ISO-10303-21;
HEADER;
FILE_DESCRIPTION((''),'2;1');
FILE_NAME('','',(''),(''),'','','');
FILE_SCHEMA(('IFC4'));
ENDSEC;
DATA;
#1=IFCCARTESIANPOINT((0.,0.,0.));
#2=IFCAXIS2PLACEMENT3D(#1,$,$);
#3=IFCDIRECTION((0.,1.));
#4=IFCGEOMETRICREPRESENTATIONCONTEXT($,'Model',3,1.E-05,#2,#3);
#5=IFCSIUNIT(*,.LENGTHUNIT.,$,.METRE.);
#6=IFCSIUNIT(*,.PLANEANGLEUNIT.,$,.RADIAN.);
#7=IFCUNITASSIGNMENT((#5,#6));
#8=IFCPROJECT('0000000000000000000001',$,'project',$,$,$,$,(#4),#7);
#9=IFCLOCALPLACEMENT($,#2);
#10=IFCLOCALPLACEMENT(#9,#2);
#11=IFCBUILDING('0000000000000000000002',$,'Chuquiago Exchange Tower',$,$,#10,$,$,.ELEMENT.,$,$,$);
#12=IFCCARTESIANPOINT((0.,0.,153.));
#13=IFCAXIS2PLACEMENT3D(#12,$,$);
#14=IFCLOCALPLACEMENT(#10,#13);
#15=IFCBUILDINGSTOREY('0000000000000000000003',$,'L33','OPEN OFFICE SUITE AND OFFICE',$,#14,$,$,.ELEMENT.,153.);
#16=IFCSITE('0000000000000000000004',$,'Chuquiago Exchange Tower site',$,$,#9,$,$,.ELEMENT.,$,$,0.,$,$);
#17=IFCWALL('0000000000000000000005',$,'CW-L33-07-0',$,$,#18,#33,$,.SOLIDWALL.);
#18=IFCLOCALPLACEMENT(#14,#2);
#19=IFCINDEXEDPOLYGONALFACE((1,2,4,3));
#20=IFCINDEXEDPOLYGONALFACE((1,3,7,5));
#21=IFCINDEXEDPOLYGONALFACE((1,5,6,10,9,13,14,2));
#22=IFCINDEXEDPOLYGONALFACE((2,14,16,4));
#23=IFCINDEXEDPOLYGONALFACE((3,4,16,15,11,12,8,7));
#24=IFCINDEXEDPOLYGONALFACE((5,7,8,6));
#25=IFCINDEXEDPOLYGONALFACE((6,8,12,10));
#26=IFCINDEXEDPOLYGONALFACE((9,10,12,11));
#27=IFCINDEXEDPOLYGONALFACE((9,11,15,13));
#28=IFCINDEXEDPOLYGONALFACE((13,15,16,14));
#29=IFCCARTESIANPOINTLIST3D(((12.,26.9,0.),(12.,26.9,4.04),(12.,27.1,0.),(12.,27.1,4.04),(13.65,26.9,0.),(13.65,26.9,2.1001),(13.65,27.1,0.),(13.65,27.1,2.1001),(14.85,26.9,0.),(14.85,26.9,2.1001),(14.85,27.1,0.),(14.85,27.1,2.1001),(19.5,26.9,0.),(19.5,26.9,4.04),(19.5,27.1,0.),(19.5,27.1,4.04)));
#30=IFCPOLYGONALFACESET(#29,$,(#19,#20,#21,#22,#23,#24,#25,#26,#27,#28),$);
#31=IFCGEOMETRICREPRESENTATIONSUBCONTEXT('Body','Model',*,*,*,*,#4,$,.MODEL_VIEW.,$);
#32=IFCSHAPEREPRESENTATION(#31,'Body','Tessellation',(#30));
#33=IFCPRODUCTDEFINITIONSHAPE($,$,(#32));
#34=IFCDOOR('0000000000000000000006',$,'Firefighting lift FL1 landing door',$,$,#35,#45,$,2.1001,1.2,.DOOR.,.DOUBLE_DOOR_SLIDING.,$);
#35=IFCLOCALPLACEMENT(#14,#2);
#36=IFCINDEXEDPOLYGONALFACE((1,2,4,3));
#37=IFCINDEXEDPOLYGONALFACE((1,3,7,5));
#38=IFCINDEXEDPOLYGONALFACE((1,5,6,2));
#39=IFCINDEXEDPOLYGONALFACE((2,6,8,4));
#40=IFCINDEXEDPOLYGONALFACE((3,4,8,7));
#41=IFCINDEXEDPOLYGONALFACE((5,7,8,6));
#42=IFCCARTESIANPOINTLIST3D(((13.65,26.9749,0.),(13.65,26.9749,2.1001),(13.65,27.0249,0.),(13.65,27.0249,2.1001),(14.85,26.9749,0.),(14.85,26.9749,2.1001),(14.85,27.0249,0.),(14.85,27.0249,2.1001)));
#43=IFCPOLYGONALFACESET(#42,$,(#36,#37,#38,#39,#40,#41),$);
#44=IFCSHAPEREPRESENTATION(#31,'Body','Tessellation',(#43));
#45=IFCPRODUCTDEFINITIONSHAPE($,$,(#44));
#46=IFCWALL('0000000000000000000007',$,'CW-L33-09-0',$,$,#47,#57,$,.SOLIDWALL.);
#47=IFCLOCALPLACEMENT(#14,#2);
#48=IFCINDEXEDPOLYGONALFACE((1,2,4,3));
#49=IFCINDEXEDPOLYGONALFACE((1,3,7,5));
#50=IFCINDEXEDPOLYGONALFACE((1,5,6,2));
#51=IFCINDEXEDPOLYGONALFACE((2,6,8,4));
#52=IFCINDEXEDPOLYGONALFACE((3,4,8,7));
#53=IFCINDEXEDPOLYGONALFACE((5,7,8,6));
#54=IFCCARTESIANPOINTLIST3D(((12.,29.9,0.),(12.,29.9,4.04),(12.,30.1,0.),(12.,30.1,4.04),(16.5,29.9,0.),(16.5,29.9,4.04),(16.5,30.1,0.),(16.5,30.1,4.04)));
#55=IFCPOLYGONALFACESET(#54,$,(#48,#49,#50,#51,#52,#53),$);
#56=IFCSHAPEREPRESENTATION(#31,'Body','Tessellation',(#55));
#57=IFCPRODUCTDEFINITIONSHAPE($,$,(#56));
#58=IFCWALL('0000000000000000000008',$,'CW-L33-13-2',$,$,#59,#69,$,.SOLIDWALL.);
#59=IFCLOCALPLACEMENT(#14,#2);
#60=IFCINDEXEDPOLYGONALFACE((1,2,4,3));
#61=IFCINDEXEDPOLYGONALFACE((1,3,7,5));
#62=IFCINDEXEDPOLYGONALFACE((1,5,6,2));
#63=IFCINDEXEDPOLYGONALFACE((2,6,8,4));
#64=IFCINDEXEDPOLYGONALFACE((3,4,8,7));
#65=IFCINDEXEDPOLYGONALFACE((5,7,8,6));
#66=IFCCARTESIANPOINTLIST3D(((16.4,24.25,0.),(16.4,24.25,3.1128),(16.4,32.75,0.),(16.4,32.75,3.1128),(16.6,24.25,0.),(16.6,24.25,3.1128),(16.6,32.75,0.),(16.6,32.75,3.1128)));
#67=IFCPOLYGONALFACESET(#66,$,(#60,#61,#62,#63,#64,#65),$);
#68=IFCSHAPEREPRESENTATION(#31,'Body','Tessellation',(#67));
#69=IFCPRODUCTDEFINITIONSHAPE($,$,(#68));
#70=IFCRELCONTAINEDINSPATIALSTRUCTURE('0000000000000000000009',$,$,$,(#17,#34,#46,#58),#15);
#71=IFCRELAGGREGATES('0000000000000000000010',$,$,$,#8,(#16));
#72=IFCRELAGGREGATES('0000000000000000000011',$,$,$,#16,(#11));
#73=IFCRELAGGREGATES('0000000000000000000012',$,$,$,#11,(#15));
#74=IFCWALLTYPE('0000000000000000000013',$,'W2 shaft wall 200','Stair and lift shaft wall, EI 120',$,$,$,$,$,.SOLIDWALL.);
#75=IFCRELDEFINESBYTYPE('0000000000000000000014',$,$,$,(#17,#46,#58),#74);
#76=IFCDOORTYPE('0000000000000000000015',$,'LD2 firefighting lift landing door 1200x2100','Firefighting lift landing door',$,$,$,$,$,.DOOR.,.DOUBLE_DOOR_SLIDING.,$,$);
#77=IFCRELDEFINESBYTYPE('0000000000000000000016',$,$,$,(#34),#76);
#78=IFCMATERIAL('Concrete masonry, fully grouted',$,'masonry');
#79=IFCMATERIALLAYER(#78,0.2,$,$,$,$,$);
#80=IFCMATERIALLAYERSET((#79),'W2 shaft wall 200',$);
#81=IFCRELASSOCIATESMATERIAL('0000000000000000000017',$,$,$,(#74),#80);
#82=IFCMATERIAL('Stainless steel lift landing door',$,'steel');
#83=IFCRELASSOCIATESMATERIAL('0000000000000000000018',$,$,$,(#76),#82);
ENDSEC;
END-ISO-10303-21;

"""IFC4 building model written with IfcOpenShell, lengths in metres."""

from ifc_helpers import new_model, si_unit, direction, frame, frame_2d, origin, place, context, subcontext, project, spatial, rectangle, extrude, material, layer, layer_set, type_object, element, fill, save


model = new_model("IFC4")

# Units and contexts
model_context = context("Model", 3, precision=1e-05, world=origin(), true_north=direction((0.0, 1.0)))
body_context = subcontext(model_context, "Body", "Model", "MODEL_VIEW")
ifc_project = project(units=[si_unit("LENGTHUNIT", "METRE"), si_unit("PLANEANGLEUNIT", "RADIAN")], contexts=[model_context])

# Site, building, storey
site_placement = place(None, origin())
site = spatial("IfcSite", under=ifc_project, at=site_placement, Name="Chuquiago Exchange Tower site", CompositionType="ELEMENT", RefElevation=0.0)
building_placement = place(site_placement, origin())
building = spatial("IfcBuilding", under=site, at=building_placement, Name="Chuquiago Exchange Tower", CompositionType="ELEMENT")
storey_placement = place(building_placement, frame((0.0, 0.0, 153.0)))
storey = spatial("IfcBuildingStorey", under=building, at=storey_placement, Name="L33", Description="OPEN OFFICE SUITE AND OFFICE", CompositionType="ELEMENT", Elevation=153.0)

# Shared definitions
ifc_material_1 = material(Name="Concrete masonry, fully grouted", Category="masonry")
ifc_layer_1 = layer(ifc_material_1, 0.2)
ifc_layer_set_1 = layer_set([ifc_layer_1], Name="W2 shaft wall 200")
wall_type_1 = type_object("IfcWallType", Name="W2 shaft wall 200", Description="Stair and lift shaft wall, EI 120", PredefinedType="SOLIDWALL", material=ifc_layer_set_1)

# Wall, opening, door
wall_1_placement = place(storey_placement, frame((12.0, 27.0, 0.0), z_axis=(0.0, 0.0, 1.0), x_axis=(1.0, 0.0, 0.0)))
wall_1 = element("IfcWall", 1, at=wall_1_placement, inside=storey, type_object=wall_type_1, Name="CW-L33-07-0", PredefinedType="SOLIDWALL", context=body_context, shape_type="SweptSolid", body=[
    extrude(rectangle(XDim=7.5, YDim=0.2, at=frame_2d((3.75, 0.0))), origin(), (0.0, 0.0, 1.0), 4.04),
])
opening_1_placement = place(wall_1_placement, frame((1.6499, 0.0, 0.0)))
opening_1 = element("IfcOpeningElement", 2, at=opening_1_placement, cuts=wall_1, PredefinedType="OPENING", context=body_context, shape_type="SweptSolid", body=[
    extrude(rectangle(XDim=1.2, YDim=2.1001, at=frame_2d((0.6001, 1.05))), frame((0.0, 0.1099, 0.0), z_axis=(0.0, -1.0, 0.0), x_axis=(1.0, 0.0, 0.0)), (0.0, 0.0, 1.0), 0.22),
])
ifc_material_2 = material(Name="Stainless steel lift landing door", Category="steel")
door_type_1 = type_object("IfcDoorType", Name="LD2 firefighting lift landing door 1200x2100", Description="Firefighting lift landing door", OperationType="DOUBLE_DOOR_SLIDING", PredefinedType="DOOR", material=ifc_material_2)
door_1_placement = place(opening_1_placement, origin())
door_1 = element("IfcDoor", 3, at=door_1_placement, inside=storey, type_object=door_type_1, Name="Firefighting lift FL1 landing door", OperationType="DOUBLE_DOOR_SLIDING", OverallHeight=2.1001, OverallWidth=1.2, PredefinedType="DOOR", context=body_context, shape_type="SweptSolid", body=[
    extrude(rectangle(XDim=1.2, YDim=2.1001, at=frame_2d((0.6001, 1.05))), frame((0.0, 0.0249, 0.0), z_axis=(0.0, -1.0, 0.0), x_axis=(1.0, 0.0, 0.0)), (0.0, 0.0, 1.0), 0.05),
])
fill(opening_1, door_1)

# Walls
wall_2_placement = place(storey_placement, frame((12.0, 30.0, 0.0), z_axis=(0.0, 0.0, 1.0), x_axis=(1.0, 0.0, 0.0)))
element("IfcWall", 4, at=wall_2_placement, inside=storey, type_object=wall_type_1, Name="CW-L33-09-0", PredefinedType="SOLIDWALL", context=body_context, shape_type="SweptSolid", body=[
    extrude(rectangle(XDim=4.5, YDim=0.2, at=frame_2d((2.25, 0.0))), origin(), (0.0, 0.0, 1.0), 4.04),
])
wall_3_placement = place(storey_placement, frame((16.5, 24.25, 0.0), z_axis=(0.0, 0.0, 1.0), x_axis=(0.0, 1.0, 0.0)))
element("IfcWall", 5, at=wall_3_placement, inside=storey, type_object=wall_type_1, Name="CW-L33-13-2", PredefinedType="SOLIDWALL", context=body_context, shape_type="SweptSolid", body=[
    extrude(rectangle(XDim=8.5, YDim=0.2, at=frame_2d((4.25, 0.0))), origin(), (0.0, 0.0, 1.0), 3.1128),
])

save(model, "model.ifc")
